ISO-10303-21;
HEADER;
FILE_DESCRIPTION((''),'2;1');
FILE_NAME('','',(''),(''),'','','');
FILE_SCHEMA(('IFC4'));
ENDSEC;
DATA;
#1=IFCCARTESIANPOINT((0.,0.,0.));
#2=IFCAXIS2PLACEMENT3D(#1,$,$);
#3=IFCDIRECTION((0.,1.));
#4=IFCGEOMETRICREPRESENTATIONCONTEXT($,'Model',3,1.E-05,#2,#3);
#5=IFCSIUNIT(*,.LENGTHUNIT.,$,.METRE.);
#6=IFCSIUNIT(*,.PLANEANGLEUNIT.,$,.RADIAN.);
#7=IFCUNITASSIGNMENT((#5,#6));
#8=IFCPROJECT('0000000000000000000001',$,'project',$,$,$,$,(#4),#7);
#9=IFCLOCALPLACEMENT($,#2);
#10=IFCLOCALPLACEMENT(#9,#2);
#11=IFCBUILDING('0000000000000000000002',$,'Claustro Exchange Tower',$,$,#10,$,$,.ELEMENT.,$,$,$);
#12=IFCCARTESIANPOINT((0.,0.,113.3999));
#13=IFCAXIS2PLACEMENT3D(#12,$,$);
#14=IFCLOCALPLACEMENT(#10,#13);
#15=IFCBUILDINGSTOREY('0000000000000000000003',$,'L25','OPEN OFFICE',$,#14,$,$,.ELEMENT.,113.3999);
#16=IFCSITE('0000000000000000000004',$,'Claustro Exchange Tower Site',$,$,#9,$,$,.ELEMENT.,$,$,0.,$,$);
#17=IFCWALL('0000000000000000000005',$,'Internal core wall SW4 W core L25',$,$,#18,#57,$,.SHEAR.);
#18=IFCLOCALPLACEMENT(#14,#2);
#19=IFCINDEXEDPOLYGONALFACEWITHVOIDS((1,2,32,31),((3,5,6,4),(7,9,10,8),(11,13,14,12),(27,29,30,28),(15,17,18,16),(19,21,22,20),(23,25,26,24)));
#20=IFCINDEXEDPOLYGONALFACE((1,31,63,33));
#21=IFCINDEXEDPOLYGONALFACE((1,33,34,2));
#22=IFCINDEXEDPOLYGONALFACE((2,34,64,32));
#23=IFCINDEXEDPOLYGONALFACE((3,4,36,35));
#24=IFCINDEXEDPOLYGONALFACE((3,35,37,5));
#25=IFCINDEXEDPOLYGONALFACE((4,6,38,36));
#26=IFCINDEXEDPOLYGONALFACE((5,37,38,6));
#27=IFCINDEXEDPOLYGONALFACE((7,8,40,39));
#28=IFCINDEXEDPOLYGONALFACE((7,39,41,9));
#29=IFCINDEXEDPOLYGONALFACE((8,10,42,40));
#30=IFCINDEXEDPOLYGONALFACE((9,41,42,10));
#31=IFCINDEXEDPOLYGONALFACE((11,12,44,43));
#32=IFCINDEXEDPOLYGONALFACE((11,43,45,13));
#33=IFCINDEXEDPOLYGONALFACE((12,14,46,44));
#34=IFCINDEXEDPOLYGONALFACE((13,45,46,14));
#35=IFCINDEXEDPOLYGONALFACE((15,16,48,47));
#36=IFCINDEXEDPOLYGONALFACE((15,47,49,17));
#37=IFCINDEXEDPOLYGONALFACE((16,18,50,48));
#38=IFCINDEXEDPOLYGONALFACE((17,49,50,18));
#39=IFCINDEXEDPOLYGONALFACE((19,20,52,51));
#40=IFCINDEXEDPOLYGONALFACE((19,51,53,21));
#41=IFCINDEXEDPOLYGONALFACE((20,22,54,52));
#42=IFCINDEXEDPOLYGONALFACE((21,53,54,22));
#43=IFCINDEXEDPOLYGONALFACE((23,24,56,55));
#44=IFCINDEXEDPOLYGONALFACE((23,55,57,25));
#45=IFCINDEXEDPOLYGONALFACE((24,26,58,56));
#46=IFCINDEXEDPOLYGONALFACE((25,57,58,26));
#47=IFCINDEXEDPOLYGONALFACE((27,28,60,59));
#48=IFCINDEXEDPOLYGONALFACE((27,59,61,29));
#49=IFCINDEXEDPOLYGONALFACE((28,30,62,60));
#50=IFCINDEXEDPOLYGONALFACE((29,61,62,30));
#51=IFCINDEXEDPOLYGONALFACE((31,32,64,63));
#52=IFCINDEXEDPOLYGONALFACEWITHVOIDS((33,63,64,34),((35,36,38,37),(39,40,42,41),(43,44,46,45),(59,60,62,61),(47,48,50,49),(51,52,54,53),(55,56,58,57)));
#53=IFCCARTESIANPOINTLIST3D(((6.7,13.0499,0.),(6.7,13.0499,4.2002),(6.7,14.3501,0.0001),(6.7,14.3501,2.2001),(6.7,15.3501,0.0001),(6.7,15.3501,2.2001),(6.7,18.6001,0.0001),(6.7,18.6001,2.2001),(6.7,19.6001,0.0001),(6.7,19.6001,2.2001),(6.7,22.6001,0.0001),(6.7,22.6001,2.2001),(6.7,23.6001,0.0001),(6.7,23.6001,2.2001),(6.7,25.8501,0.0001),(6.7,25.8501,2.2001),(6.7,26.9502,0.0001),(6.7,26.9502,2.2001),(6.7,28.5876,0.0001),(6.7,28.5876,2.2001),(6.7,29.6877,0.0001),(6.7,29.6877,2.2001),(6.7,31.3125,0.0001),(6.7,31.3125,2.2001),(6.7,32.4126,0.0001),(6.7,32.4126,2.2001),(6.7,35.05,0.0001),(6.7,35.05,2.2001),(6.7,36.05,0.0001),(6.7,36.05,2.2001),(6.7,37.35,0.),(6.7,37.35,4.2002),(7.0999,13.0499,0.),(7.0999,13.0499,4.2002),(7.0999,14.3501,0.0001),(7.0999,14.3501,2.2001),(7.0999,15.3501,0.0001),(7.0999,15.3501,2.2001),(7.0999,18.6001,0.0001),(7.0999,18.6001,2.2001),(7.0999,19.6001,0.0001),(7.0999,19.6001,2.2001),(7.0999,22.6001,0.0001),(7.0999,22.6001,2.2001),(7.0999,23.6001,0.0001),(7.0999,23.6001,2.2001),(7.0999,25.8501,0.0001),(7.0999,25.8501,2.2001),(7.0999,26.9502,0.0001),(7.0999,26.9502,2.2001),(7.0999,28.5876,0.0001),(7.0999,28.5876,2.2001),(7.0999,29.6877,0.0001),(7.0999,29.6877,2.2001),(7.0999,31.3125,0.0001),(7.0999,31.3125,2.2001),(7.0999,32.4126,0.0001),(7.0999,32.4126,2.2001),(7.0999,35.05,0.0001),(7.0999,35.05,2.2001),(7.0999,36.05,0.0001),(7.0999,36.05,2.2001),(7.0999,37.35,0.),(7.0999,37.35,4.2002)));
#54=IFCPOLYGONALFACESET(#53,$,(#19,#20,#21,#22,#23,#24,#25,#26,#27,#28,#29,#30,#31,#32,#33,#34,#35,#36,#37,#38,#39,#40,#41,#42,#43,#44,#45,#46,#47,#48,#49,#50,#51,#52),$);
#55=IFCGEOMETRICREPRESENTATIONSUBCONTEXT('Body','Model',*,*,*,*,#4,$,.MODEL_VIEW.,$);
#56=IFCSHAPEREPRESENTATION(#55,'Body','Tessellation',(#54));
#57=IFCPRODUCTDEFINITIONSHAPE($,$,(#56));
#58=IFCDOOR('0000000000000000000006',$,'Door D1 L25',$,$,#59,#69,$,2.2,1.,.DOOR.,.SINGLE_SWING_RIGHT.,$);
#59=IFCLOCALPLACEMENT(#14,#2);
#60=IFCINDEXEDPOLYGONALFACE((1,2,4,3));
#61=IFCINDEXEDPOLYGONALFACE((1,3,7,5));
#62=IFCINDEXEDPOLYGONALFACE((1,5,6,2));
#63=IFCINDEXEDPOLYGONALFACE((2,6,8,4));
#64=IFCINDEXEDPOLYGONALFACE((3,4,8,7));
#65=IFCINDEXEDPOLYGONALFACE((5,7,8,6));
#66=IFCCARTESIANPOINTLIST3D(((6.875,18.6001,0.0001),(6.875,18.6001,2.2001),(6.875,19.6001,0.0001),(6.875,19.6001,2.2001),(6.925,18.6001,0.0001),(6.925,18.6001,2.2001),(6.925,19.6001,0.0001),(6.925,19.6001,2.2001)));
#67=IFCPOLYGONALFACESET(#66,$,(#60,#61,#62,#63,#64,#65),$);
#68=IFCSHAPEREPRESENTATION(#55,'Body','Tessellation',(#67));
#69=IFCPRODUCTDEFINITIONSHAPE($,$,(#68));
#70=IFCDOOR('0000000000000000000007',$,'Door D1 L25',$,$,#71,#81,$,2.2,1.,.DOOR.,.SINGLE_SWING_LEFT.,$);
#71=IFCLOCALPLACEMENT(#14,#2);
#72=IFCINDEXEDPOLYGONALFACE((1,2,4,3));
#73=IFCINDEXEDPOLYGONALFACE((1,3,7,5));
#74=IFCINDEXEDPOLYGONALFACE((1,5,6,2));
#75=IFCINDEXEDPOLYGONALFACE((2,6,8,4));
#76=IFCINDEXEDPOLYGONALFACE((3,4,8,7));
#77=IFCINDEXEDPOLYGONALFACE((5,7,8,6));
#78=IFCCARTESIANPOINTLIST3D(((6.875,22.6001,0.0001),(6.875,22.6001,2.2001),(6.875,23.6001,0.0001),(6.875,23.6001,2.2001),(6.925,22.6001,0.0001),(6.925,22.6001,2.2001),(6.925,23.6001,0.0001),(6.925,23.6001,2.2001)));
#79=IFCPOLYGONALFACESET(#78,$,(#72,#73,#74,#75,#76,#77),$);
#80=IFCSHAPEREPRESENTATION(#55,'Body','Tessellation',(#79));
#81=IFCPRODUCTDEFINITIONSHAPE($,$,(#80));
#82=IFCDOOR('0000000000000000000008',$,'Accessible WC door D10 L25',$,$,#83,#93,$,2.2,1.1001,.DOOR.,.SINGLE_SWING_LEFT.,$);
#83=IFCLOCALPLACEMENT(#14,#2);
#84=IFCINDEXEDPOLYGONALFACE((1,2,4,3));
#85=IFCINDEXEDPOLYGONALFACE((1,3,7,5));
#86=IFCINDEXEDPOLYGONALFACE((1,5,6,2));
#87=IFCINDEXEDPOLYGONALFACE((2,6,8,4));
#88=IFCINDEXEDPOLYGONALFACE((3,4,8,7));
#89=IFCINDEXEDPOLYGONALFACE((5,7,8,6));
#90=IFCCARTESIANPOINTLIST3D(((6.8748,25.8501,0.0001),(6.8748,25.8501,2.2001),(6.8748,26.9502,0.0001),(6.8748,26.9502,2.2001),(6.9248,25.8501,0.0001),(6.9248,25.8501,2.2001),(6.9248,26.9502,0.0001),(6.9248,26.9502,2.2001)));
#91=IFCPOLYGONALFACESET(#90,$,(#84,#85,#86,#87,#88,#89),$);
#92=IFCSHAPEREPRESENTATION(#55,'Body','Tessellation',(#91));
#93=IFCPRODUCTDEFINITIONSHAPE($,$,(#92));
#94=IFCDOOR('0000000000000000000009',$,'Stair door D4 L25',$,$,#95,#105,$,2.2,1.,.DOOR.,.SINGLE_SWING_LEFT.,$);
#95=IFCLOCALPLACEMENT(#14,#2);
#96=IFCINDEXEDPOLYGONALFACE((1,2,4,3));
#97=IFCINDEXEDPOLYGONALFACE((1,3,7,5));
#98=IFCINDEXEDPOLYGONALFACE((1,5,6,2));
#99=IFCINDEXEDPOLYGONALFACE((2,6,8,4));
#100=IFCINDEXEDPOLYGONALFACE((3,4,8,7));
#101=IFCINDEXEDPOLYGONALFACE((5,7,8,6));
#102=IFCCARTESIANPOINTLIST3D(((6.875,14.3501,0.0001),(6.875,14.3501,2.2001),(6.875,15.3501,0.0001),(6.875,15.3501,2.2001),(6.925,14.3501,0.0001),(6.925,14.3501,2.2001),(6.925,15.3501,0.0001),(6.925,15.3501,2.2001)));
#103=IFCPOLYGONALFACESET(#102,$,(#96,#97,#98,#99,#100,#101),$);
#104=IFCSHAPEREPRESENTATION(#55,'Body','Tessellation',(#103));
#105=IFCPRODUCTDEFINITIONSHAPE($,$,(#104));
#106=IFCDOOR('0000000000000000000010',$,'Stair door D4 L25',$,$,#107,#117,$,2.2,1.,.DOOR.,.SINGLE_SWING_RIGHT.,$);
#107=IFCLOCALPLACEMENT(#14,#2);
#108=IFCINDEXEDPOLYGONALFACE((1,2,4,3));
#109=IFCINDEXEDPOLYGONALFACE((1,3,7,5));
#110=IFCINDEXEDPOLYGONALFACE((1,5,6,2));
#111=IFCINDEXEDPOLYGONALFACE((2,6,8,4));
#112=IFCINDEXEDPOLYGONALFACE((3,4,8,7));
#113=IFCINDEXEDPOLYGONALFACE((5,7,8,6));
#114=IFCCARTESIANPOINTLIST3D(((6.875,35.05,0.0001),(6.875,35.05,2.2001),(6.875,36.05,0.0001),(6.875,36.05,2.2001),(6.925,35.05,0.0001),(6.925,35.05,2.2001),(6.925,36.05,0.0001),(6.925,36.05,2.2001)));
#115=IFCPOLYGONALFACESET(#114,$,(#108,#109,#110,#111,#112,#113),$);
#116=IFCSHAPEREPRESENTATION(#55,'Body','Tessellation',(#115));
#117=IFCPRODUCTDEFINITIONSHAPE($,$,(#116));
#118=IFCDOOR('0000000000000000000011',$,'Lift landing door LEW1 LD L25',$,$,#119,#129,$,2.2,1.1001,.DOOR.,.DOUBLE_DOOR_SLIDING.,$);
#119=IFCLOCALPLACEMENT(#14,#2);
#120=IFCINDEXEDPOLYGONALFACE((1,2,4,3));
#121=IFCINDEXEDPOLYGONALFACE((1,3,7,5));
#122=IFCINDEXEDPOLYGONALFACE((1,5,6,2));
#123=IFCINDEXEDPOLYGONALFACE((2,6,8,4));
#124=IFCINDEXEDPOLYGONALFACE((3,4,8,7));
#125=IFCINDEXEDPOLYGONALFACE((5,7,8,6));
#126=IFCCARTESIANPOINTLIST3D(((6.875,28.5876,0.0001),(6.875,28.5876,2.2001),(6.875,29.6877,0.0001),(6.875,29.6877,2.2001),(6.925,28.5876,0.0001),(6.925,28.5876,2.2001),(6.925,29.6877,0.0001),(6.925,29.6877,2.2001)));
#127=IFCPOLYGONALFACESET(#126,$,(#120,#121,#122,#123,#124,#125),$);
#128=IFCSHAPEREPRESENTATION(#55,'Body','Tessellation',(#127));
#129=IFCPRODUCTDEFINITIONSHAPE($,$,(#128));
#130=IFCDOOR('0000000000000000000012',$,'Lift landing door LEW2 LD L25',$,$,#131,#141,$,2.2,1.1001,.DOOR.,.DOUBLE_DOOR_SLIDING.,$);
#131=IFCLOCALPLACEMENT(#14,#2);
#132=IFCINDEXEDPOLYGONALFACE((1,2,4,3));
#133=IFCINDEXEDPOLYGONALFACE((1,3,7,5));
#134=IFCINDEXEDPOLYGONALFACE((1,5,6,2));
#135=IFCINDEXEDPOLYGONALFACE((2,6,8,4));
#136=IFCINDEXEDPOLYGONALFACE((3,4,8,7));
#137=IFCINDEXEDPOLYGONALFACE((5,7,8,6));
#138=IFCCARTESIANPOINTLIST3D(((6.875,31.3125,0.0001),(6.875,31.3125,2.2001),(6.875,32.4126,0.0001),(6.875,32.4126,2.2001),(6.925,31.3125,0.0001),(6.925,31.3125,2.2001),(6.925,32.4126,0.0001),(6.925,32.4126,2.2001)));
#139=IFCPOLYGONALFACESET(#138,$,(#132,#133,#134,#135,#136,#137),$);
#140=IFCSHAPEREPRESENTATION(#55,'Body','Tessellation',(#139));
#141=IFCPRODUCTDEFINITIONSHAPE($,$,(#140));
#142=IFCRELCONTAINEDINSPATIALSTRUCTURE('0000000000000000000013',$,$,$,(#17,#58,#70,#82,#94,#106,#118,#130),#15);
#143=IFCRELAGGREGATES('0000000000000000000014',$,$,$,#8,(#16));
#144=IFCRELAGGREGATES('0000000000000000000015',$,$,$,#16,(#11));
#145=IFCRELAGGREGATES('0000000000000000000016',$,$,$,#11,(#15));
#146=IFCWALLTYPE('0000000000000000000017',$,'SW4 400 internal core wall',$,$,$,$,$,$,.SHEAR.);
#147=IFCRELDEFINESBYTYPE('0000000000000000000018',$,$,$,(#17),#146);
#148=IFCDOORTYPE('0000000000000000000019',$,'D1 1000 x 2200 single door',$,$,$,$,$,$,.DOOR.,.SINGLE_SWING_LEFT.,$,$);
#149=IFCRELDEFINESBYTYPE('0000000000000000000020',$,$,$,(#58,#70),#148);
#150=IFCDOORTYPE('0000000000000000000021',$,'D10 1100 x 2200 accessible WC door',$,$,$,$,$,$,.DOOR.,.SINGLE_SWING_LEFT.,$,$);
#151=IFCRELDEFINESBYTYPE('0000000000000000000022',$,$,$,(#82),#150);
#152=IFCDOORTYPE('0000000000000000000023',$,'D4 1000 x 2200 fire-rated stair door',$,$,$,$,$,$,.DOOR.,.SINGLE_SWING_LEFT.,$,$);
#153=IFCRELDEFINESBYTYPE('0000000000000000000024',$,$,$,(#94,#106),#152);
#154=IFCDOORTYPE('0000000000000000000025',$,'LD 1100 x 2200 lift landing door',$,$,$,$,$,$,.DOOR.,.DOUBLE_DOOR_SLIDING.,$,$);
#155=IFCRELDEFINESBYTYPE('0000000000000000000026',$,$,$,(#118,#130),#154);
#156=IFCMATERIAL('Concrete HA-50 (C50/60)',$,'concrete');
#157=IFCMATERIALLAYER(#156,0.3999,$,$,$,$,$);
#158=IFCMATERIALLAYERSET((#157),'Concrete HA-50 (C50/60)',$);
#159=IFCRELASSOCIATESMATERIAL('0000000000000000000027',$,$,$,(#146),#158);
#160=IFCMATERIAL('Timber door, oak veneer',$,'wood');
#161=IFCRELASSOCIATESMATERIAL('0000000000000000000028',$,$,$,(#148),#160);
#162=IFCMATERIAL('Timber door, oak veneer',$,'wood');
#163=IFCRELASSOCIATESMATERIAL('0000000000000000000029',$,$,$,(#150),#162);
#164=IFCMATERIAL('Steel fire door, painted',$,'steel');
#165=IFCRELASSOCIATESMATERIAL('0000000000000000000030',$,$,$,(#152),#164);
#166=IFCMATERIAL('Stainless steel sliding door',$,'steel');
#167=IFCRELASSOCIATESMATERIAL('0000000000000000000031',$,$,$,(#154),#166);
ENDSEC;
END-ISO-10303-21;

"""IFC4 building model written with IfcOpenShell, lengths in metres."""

from ifc_helpers import new_model, si_unit, direction, frame, frame_2d, origin, place, context, subcontext, project, spatial, rectangle, extrude, material, layer, layer_set, type_object, element, fill, save


model = new_model("IFC4")

# Units and contexts
model_context = context("Model", 3, precision=1e-05, world=origin(), true_north=direction((0.0, 1.0)))
body_context = subcontext(model_context, "Body", "Model", "MODEL_VIEW")
ifc_project = project(units=[si_unit("LENGTHUNIT", "METRE"), si_unit("PLANEANGLEUNIT", "RADIAN")], contexts=[model_context])

# Site, building, storey
site_placement = place(None, origin())
site = spatial("IfcSite", under=ifc_project, at=site_placement, Name="Claustro Exchange Tower Site", CompositionType="ELEMENT", RefElevation=0.0)
building_placement = place(site_placement, origin())
building = spatial("IfcBuilding", under=site, at=building_placement, Name="Claustro Exchange Tower", CompositionType="ELEMENT")
storey_placement = place(building_placement, frame((0.0, 0.0, 113.3999)))
storey = spatial("IfcBuildingStorey", under=building, at=storey_placement, Name="L25", Description="OPEN OFFICE", CompositionType="ELEMENT", Elevation=113.3999)

# Wall, openings, doors
ifc_material_1 = material(Name="Concrete HA-50 (C50/60)", Category="concrete")
ifc_layer_1 = layer(ifc_material_1, 0.3999)
ifc_layer_set_1 = layer_set([ifc_layer_1], Name="Concrete HA-50 (C50/60)")
wall_type_1 = type_object("IfcWallType", Name="SW4 400 internal core wall", PredefinedType="SHEAR", material=ifc_layer_set_1)
wall_1_placement = place(storey_placement, frame((6.8999, 13.05, 0.0), z_axis=(0.0, 0.0, 1.0), x_axis=(0.0, 1.0, 0.0)))
wall_1 = element("IfcWall", 1, at=wall_1_placement, inside=storey, type_object=wall_type_1, Name="Internal core wall SW4 W core L25", PredefinedType="SHEAR", context=body_context, shape_type="SweptSolid", body=[
    extrude(rectangle(XDim=24.3, YDim=0.3999, at=frame_2d((12.1499, 0.0))), origin(), (0.0, 0.0, 1.0), 4.2002),
])
opening_1_placement = place(wall_1_placement, frame((1.3, 0.0, 0.0)))
opening_1 = element("IfcOpeningElement", 2, at=opening_1_placement, cuts=wall_1, PredefinedType="OPENING", context=body_context, shape_type="SweptSolid", body=[
    extrude(rectangle(XDim=1.0, YDim=2.2, at=frame_2d((0.5, 1.1001))), frame((0.0, 0.21, 0.0), z_axis=(0.0, -1.0, 0.0), x_axis=(1.0, 0.0, 0.0)), (0.0, 0.0, 1.0), 0.4199),
])
opening_2_placement = place(wall_1_placement, frame((22.0, 0.0, 0.0)))
opening_2 = element("IfcOpeningElement", 3, at=opening_2_placement, cuts=wall_1, PredefinedType="OPENING", context=body_context, shape_type="SweptSolid", body=[
    extrude(rectangle(XDim=1.0, YDim=2.2, at=frame_2d((0.5, 1.1001))), frame((0.0, 0.21, 0.0), z_axis=(0.0, -1.0, 0.0), x_axis=(1.0, 0.0, 0.0)), (0.0, 0.0, 1.0), 0.4199),
])
opening_3_placement = place(wall_1_placement, frame((5.55, 0.0, 0.0)))
opening_3 = element("IfcOpeningElement", 4, at=opening_3_placement, cuts=wall_1, PredefinedType="OPENING", context=body_context, shape_type="SweptSolid", body=[
    extrude(rectangle(XDim=1.0, YDim=2.2, at=frame_2d((0.5, 1.1001))), frame((0.0, 0.21, 0.0), z_axis=(0.0, -1.0, 0.0), x_axis=(1.0, 0.0, 0.0)), (0.0, 0.0, 1.0), 0.4199),
])
opening_4_placement = place(wall_1_placement, frame((9.55, 0.0, 0.0)))
opening_4 = element("IfcOpeningElement", 5, at=opening_4_placement, cuts=wall_1, PredefinedType="OPENING", context=body_context, shape_type="SweptSolid", body=[
    extrude(rectangle(XDim=1.0, YDim=2.2, at=frame_2d((0.5, 1.1001))), frame((0.0, 0.21, 0.0), z_axis=(0.0, -1.0, 0.0), x_axis=(1.0, 0.0, 0.0)), (0.0, 0.0, 1.0), 0.4199),
])
opening_5_placement = place(wall_1_placement, frame((12.8, 0.0, 0.0)))
opening_5 = element("IfcOpeningElement", 6, at=opening_5_placement, cuts=wall_1, PredefinedType="OPENING", context=body_context, shape_type="SweptSolid", body=[
    extrude(rectangle(XDim=1.1001, YDim=2.2, at=frame_2d((0.55, 1.1001))), frame((0.0, 0.21, 0.0), z_axis=(0.0, -1.0, 0.0), x_axis=(1.0, 0.0, 0.0)), (0.0, 0.0, 1.0), 0.4199),
])
opening_6_placement = place(wall_1_placement, frame((15.5376, 0.0, 0.0)))
opening_6 = element("IfcOpeningElement", 7, at=opening_6_placement, cuts=wall_1, PredefinedType="OPENING", context=body_context, shape_type="SweptSolid", body=[
    extrude(rectangle(XDim=1.1001, YDim=2.2, at=frame_2d((0.55, 1.1001))), frame((0.0, 0.21, 0.0), z_axis=(0.0, -1.0, 0.0), x_axis=(1.0, 0.0, 0.0)), (0.0, 0.0, 1.0), 0.4199),
])
opening_7_placement = place(wall_1_placement, frame((18.2625, 0.0, 0.0)))
opening_7 = element("IfcOpeningElement", 8, at=opening_7_placement, cuts=wall_1, PredefinedType="OPENING", context=body_context, shape_type="SweptSolid", body=[
    extrude(rectangle(XDim=1.1001, YDim=2.2, at=frame_2d((0.55, 1.1001))), frame((0.0, 0.21, 0.0), z_axis=(0.0, -1.0, 0.0), x_axis=(1.0, 0.0, 0.0)), (0.0, 0.0, 1.0), 0.4199),
])
ifc_material_2 = material(Name="Timber door, oak veneer", Category="wood")
door_type_1 = type_object("IfcDoorType", Name="D1 1000 x 2200 single door", OperationType="SINGLE_SWING_LEFT", PredefinedType="DOOR", material=ifc_material_2)
door_1_placement = place(opening_3_placement, origin())
door_1 = element("IfcDoor", 9, at=door_1_placement, inside=storey, type_object=door_type_1, Name="Door D1 L25", OperationType="SINGLE_SWING_RIGHT", OverallHeight=2.2, OverallWidth=1.0, PredefinedType="DOOR", context=body_context, shape_type="SweptSolid", body=[
    extrude(rectangle(XDim=1.0, YDim=2.2, at=frame_2d((0.5, 1.1001))), frame((0.0, 0.0249, 0.0), z_axis=(0.0, -1.0, 0.0), x_axis=(1.0, 0.0, 0.0)), (0.0, 0.0, 1.0), 0.05),
])
fill(opening_3, door_1)
door_2_placement = place(opening_4_placement, origin())
door_2 = element("IfcDoor", 10, at=door_2_placement, inside=storey, type_object=door_type_1, Name="Door D1 L25", OperationType="SINGLE_SWING_LEFT", OverallHeight=2.2, OverallWidth=1.0, PredefinedType="DOOR", context=body_context, shape_type="SweptSolid", body=[
    extrude(rectangle(XDim=1.0, YDim=2.2, at=frame_2d((0.5, 1.1001))), frame((0.0, 0.0249, 0.0), z_axis=(0.0, -1.0, 0.0), x_axis=(1.0, 0.0, 0.0)), (0.0, 0.0, 1.0), 0.05),
])
fill(opening_4, door_2)
ifc_material_3 = material(Name="Timber door, oak veneer", Category="wood")
door_type_2 = type_object("IfcDoorType", Name="D10 1100 x 2200 accessible WC door", OperationType="SINGLE_SWING_LEFT", PredefinedType="DOOR", material=ifc_material_3)
door_3_placement = place(opening_5_placement, frame((1.1001, 0.0, 0.0), z_axis=(0.0, 0.0, 1.0), x_axis=(-1.0, 0.0, 0.0)))
door_3 = element("IfcDoor", 11, at=door_3_placement, inside=storey, type_object=door_type_2, Name="Accessible WC door D10 L25", OperationType="SINGLE_SWING_LEFT", OverallHeight=2.2, OverallWidth=1.1001, PredefinedType="DOOR", context=body_context, shape_type="SweptSolid", body=[
    extrude(rectangle(XDim=1.1001, YDim=2.2, at=frame_2d((0.55, 1.1001))), frame((0.0, 0.0249, 0.0), z_axis=(0.0, -1.0, 0.0), x_axis=(1.0, 0.0, 0.0)), (0.0, 0.0, 1.0), 0.05),
])
fill(opening_5, door_3)
ifc_material_4 = material(Name="Steel fire door, painted", Category="steel")
door_type_3 = type_object("IfcDoorType", Name="D4 1000 x 2200 fire-rated stair door", OperationType="SINGLE_SWING_LEFT", PredefinedType="DOOR", material=ifc_material_4)
door_4_placement = place(opening_1_placement, origin())
door_4 = element("IfcDoor", 12, at=door_4_placement, inside=storey, type_object=door_type_3, Name="Stair door D4 L25", OperationType="SINGLE_SWING_LEFT", OverallHeight=2.2, OverallWidth=1.0, PredefinedType="DOOR", context=body_context, shape_type="SweptSolid", body=[
    extrude(rectangle(XDim=1.0, YDim=2.2, at=frame_2d((0.5, 1.1001))), frame((0.0, 0.0249, 0.0), z_axis=(0.0, -1.0, 0.0), x_axis=(1.0, 0.0, 0.0)), (0.0, 0.0, 1.0), 0.05),
])
fill(opening_1, door_4)
door_5_placement = place(opening_2_placement, origin())
door_5 = element("IfcDoor", 13, at=door_5_placement, inside=storey, type_object=door_type_3, Name="Stair door D4 L25", OperationType="SINGLE_SWING_RIGHT", OverallHeight=2.2, OverallWidth=1.0, PredefinedType="DOOR", context=body_context, shape_type="SweptSolid", body=[
    extrude(rectangle(XDim=1.0, YDim=2.2, at=frame_2d((0.5, 1.1001))), frame((0.0, 0.0249, 0.0), z_axis=(0.0, -1.0, 0.0), x_axis=(1.0, 0.0, 0.0)), (0.0, 0.0, 1.0), 0.05),
])
fill(opening_2, door_5)
ifc_material_5 = material(Name="Stainless steel sliding door", Category="steel")
door_type_4 = type_object("IfcDoorType", Name="LD 1100 x 2200 lift landing door", OperationType="DOUBLE_DOOR_SLIDING", PredefinedType="DOOR", material=ifc_material_5)
door_6_placement = place(opening_6_placement, origin())
door_6 = element("IfcDoor", 14, at=door_6_placement, inside=storey, type_object=door_type_4, Name="Lift landing door LEW1 LD L25", OperationType="DOUBLE_DOOR_SLIDING", OverallHeight=2.2, OverallWidth=1.1001, PredefinedType="DOOR", context=body_context, shape_type="SweptSolid", body=[
    extrude(rectangle(XDim=1.1001, YDim=2.2, at=frame_2d((0.55, 1.1001))), frame((0.0, 0.0249, 0.0), z_axis=(0.0, -1.0, 0.0), x_axis=(1.0, 0.0, 0.0)), (0.0, 0.0, 1.0), 0.05),
])
fill(opening_6, door_6)
door_7_placement = place(opening_7_placement, origin())
door_7 = element("IfcDoor", 15, at=door_7_placement, inside=storey, type_object=door_type_4, Name="Lift landing door LEW2 LD L25", OperationType="DOUBLE_DOOR_SLIDING", OverallHeight=2.2, OverallWidth=1.1001, PredefinedType="DOOR", context=body_context, shape_type="SweptSolid", body=[
    extrude(rectangle(XDim=1.1001, YDim=2.2, at=frame_2d((0.55, 1.1001))), frame((0.0, 0.0249, 0.0), z_axis=(0.0, -1.0, 0.0), x_axis=(1.0, 0.0, 0.0)), (0.0, 0.0, 1.0), 0.05),
])
fill(opening_7, door_7)

save(model, "model.ifc")
